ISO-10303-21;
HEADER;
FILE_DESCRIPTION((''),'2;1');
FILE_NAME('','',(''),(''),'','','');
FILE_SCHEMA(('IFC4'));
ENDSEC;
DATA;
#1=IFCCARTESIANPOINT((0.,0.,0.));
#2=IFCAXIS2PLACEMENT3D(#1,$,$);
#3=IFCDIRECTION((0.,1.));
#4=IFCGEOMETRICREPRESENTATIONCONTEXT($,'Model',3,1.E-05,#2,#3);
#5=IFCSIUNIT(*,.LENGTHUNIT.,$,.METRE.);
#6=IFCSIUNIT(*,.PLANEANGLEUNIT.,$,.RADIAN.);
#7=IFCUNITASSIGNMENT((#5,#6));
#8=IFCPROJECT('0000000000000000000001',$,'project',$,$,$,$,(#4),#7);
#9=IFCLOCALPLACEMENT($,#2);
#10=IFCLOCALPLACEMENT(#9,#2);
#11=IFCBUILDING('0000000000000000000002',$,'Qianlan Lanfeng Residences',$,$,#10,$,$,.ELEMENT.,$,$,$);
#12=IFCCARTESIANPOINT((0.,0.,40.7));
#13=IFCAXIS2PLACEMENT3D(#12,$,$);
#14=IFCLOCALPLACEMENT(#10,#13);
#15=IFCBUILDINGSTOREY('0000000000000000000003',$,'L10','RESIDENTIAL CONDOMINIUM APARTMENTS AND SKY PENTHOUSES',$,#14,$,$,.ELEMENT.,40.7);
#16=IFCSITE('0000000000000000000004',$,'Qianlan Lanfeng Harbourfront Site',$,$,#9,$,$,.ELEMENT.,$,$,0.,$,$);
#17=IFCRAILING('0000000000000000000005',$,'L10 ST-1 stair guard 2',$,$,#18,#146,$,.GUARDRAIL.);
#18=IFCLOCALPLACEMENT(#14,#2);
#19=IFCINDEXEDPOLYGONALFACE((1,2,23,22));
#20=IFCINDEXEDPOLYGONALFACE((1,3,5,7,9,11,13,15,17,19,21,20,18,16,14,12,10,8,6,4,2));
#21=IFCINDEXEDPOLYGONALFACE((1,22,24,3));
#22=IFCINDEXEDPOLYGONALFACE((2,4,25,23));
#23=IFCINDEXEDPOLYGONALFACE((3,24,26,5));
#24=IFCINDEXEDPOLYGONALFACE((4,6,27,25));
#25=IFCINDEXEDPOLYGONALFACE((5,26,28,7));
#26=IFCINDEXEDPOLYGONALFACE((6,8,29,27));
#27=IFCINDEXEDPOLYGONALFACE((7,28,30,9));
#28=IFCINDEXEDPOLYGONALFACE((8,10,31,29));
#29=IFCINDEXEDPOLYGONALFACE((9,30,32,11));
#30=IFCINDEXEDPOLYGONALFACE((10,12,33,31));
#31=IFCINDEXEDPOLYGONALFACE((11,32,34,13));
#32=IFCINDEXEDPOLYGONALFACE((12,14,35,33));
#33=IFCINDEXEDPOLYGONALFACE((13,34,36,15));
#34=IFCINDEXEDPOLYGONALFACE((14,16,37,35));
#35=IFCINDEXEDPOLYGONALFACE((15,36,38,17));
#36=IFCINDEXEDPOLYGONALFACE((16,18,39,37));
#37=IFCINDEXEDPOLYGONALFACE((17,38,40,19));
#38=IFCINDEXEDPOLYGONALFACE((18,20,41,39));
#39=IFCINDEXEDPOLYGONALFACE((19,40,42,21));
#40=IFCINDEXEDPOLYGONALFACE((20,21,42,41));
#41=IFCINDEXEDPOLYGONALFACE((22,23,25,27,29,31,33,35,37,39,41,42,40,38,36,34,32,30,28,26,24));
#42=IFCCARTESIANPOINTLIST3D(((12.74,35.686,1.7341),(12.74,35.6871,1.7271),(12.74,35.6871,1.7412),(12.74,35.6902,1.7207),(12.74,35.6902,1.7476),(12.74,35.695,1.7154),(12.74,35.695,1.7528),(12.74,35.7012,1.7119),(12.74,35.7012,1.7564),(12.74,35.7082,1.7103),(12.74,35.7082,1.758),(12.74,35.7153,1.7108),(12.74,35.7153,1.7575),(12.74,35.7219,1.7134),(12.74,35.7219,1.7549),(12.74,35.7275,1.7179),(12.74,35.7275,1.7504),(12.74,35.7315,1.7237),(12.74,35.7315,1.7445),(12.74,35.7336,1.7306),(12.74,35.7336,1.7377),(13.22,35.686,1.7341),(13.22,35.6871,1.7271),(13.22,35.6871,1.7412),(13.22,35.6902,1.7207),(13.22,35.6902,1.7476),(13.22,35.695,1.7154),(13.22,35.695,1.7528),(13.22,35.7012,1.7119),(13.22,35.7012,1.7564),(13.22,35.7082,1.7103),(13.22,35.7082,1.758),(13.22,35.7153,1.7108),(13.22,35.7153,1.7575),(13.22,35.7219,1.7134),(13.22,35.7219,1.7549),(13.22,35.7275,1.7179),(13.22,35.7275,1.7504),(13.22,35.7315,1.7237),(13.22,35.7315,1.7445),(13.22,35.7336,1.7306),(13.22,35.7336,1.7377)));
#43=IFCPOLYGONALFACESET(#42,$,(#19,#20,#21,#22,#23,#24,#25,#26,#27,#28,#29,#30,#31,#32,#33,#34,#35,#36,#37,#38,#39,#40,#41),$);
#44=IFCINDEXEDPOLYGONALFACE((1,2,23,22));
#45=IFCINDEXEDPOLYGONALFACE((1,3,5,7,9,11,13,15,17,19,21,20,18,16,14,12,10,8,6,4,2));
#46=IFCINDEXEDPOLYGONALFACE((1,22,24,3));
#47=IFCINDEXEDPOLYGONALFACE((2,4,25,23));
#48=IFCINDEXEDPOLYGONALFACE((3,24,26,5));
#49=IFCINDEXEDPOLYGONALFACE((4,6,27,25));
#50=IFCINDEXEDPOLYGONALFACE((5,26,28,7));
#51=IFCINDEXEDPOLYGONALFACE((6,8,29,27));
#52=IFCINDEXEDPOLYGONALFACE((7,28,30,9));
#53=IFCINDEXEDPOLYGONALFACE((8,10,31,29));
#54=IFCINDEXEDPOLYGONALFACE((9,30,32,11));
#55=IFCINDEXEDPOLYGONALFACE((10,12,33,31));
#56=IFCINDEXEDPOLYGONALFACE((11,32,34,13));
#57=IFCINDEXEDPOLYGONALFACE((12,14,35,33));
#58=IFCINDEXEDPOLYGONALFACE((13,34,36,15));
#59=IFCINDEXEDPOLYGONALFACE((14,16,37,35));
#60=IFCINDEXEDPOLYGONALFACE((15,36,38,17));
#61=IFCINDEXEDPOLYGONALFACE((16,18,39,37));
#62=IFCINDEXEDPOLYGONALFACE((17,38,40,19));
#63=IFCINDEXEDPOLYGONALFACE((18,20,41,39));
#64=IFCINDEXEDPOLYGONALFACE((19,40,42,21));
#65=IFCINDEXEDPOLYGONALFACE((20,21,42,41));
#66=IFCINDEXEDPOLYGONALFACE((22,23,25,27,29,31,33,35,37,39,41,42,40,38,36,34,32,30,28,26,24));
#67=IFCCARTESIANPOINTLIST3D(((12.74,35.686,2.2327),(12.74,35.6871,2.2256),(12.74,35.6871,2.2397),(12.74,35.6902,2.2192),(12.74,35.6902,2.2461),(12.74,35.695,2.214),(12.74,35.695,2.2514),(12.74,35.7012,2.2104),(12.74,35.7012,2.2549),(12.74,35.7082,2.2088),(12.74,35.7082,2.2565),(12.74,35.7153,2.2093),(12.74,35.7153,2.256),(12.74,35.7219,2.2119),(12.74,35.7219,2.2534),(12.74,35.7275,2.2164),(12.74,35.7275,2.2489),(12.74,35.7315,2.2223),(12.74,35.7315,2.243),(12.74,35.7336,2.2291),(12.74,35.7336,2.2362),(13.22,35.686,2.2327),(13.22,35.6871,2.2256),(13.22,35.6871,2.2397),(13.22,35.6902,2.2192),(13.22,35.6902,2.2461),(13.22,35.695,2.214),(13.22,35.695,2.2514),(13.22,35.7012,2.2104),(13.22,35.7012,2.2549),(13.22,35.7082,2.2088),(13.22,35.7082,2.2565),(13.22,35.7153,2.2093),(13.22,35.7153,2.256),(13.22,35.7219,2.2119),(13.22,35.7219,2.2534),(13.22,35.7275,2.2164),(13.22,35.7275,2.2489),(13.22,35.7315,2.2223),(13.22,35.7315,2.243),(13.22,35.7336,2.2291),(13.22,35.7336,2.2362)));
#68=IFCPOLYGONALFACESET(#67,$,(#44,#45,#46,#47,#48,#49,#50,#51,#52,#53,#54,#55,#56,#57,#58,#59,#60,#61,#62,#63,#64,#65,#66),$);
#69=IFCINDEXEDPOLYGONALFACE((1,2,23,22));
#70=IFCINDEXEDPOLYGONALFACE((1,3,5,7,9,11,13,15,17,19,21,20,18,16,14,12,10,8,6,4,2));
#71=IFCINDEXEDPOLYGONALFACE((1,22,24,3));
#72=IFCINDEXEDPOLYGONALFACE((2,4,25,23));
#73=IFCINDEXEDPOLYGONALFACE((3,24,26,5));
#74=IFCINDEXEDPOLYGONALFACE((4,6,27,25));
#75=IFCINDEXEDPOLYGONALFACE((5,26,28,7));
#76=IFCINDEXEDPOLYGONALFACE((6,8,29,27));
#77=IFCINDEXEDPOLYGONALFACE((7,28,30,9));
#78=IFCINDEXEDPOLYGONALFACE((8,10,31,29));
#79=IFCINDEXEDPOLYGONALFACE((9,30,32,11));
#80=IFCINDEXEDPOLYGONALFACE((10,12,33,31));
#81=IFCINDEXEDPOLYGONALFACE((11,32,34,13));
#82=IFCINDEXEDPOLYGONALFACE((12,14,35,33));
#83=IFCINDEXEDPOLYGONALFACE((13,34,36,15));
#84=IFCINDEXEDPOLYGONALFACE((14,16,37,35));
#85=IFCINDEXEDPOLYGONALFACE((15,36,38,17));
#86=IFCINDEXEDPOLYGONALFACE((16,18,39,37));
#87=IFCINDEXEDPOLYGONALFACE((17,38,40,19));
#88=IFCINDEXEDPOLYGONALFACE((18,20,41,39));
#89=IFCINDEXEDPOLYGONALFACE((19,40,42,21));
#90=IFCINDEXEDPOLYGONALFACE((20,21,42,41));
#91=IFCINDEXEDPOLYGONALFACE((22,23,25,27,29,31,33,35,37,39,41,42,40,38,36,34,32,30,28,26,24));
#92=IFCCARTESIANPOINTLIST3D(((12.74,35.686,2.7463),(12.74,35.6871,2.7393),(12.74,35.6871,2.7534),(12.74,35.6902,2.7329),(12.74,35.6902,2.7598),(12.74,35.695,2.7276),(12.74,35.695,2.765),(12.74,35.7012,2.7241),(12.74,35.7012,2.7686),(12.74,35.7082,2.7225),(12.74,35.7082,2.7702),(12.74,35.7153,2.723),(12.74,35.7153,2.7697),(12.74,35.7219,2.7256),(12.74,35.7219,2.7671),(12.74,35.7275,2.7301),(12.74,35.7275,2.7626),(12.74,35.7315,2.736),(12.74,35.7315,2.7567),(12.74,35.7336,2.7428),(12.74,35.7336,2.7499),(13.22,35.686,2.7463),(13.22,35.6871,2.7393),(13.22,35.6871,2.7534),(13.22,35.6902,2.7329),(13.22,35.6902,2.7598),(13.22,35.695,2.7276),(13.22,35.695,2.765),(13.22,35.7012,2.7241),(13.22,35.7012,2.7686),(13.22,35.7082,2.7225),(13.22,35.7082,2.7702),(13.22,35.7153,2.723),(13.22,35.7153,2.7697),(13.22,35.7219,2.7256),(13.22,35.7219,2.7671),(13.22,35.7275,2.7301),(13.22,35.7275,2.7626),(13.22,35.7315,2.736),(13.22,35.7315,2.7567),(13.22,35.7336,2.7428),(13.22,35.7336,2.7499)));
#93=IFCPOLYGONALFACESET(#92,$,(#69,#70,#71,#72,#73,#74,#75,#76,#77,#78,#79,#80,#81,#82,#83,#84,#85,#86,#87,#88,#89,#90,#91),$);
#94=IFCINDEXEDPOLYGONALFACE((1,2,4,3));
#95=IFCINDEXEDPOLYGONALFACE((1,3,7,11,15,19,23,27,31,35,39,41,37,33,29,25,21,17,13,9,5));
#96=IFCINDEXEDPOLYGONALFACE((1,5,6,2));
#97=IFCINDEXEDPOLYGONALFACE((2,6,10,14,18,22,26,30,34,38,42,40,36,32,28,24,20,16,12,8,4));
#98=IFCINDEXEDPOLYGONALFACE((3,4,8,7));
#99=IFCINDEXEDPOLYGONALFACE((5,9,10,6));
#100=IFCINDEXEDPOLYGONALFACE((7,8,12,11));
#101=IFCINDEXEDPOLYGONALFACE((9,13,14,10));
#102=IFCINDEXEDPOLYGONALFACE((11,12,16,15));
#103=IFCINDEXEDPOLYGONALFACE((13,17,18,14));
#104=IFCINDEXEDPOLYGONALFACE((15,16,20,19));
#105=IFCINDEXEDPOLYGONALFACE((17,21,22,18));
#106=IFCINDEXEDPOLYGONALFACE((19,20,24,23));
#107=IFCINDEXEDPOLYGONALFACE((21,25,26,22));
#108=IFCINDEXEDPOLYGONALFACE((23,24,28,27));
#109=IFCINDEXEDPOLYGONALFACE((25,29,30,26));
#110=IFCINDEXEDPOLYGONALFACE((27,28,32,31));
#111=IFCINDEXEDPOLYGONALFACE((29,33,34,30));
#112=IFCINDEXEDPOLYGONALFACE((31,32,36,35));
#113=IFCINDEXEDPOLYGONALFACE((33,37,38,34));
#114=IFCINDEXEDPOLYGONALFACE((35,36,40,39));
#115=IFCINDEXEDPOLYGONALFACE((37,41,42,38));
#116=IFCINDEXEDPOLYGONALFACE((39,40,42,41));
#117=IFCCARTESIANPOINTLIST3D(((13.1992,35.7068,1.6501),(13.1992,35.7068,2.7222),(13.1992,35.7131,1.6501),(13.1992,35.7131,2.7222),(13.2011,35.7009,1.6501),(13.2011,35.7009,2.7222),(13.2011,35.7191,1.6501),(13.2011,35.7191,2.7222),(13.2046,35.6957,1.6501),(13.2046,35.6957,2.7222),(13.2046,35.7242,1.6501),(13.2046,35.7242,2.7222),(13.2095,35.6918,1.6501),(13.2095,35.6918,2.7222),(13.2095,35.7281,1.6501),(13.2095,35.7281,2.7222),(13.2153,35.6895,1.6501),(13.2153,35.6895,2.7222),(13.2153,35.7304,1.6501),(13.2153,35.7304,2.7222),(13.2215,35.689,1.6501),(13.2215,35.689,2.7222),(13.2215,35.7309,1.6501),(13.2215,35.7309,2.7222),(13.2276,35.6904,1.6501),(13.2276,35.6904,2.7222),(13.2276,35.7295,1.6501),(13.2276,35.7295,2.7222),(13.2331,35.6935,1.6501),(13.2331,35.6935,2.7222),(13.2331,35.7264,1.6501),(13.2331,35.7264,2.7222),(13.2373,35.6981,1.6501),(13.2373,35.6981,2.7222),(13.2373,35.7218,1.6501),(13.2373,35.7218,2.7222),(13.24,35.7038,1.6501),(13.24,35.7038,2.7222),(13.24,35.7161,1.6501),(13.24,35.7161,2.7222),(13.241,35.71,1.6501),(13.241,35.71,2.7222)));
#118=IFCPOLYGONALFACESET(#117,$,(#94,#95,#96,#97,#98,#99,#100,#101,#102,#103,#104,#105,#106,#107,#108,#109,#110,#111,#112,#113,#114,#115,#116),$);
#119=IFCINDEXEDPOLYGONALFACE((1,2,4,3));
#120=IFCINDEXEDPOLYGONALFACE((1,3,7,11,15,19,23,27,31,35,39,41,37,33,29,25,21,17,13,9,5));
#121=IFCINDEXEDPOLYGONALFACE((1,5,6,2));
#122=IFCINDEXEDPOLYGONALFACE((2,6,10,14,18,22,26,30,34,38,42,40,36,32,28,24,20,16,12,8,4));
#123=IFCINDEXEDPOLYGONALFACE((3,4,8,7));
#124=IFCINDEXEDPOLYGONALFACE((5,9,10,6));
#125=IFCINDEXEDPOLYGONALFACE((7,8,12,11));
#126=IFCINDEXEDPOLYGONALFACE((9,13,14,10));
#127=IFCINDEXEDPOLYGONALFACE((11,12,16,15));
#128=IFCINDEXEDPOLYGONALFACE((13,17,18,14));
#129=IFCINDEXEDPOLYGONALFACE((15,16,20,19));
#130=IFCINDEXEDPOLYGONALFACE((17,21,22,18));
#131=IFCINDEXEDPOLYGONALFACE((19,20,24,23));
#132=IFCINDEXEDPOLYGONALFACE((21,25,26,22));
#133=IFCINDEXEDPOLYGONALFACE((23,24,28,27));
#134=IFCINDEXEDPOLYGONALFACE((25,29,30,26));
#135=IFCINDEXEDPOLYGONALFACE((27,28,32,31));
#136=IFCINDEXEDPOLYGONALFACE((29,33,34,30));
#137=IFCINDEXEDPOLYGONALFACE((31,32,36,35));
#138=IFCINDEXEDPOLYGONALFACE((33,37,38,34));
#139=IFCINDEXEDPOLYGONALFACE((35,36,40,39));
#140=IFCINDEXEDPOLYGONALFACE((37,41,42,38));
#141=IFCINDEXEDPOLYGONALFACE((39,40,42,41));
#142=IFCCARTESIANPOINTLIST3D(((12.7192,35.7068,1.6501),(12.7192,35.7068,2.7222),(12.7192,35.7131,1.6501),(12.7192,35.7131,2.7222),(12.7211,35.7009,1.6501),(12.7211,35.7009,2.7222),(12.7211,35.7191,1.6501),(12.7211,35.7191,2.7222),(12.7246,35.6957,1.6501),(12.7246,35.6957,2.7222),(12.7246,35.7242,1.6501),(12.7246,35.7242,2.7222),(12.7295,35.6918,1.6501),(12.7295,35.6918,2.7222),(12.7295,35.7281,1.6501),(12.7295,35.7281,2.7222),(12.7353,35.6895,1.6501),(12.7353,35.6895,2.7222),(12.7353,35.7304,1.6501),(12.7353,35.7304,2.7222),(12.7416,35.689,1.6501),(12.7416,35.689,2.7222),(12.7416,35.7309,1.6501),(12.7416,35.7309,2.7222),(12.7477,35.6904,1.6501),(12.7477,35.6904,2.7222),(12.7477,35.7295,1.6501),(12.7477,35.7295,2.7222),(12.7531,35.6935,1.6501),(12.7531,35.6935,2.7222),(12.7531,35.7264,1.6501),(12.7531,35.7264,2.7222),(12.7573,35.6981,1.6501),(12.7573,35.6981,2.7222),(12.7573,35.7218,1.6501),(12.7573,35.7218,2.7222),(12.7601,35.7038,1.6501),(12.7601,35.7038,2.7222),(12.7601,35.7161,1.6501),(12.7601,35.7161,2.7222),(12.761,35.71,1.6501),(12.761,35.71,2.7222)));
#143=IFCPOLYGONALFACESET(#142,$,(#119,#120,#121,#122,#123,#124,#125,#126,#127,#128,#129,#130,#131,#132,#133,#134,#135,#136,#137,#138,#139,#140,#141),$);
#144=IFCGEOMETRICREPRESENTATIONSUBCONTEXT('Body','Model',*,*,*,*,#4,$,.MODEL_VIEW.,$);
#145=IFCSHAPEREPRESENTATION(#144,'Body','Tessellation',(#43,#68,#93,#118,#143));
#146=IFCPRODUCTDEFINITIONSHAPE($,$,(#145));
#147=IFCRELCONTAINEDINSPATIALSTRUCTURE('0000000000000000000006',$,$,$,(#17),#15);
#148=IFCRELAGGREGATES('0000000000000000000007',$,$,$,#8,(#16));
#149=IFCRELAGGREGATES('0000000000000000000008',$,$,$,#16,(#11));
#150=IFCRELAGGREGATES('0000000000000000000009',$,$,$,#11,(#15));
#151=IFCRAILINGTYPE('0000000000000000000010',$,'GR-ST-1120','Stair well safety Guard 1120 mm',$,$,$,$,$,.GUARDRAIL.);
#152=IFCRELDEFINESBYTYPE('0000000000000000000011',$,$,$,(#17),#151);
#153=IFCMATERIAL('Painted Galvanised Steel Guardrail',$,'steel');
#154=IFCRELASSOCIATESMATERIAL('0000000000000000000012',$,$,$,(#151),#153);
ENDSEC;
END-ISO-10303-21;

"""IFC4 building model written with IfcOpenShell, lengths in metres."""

from ifc_helpers import new_model, si_unit, direction, frame, origin, origin_2d, place, context, subcontext, project, spatial, circle, extrude, material, type_object, element, save


model = new_model("IFC4")

# Units and contexts
model_context = context("Model", 3, precision=1e-05, world=origin(), true_north=direction((0.0, 1.0)))
body_context = subcontext(model_context, "Body", "Model", "MODEL_VIEW")
ifc_project = project(units=[si_unit("LENGTHUNIT", "METRE"), si_unit("PLANEANGLEUNIT", "RADIAN")], contexts=[model_context])

# Site, building, storey
site_placement = place(None, origin())
site = spatial("IfcSite", under=ifc_project, at=site_placement, Name="Qianlan Lanfeng Harbourfront Site", CompositionType="ELEMENT", RefElevation=0.0)
building_placement = place(site_placement, origin())
building = spatial("IfcBuilding", under=site, at=building_placement, Name="Qianlan Lanfeng Residences", CompositionType="ELEMENT")
storey_placement = place(building_placement, frame((0.0, 0.0, 40.7)))
storey = spatial("IfcBuildingStorey", under=building, at=storey_placement, Name="L10", Description="RESIDENTIAL CONDOMINIUM APARTMENTS AND SKY PENTHOUSES", CompositionType="ELEMENT", Elevation=40.7)

# Railing
ifc_material_1 = material(Name="Painted Galvanised Steel Guardrail", Category="steel")
railing_type_1 = type_object("IfcRailingType", Name="GR-ST-1120", Description="Stair well safety Guard 1120 mm", PredefinedType="GUARDRAIL", material=ifc_material_1)
railing_1_placement = place(storey_placement, frame((13.22, 35.71, 1.6501)))
element("IfcRailing", 1, at=railing_1_placement, inside=storey, type_object=railing_type_1, Name="L10 ST-1 stair guard 2", PredefinedType="GUARDRAIL", context=body_context, shape_type="SweptSolid", body=[
    extrude(circle(Radius=0.0239, at=origin_2d()), frame((0.0, 0.0, 0.084), z_axis=(-1.0, 0.0, 0.0), x_axis=(0.0, -1.0, 0.0)), (0.0, 0.0, 1.0), 0.48),
    extrude(circle(Radius=0.0239, at=origin_2d()), frame((0.0, 0.0, 0.5825), z_axis=(-1.0, 0.0, 0.0), x_axis=(0.0, -1.0, 0.0)), (0.0, 0.0, 1.0), 0.48),
    extrude(circle(Radius=0.0239, at=origin_2d()), frame((0.0, 0.0, 1.0962), z_axis=(-1.0, 0.0, 0.0), x_axis=(0.0, -1.0, 0.0)), (0.0, 0.0, 1.0), 0.48),
    extrude(circle(Radius=0.021, at=origin_2d()), origin(), (0.0, 0.0, 1.0), 1.072),
    extrude(circle(Radius=0.021, at=origin_2d()), frame((-0.48, 0.0, 0.0)), (0.0, 0.0, 1.0), 1.072),
])

save(model, "model.ifc")
